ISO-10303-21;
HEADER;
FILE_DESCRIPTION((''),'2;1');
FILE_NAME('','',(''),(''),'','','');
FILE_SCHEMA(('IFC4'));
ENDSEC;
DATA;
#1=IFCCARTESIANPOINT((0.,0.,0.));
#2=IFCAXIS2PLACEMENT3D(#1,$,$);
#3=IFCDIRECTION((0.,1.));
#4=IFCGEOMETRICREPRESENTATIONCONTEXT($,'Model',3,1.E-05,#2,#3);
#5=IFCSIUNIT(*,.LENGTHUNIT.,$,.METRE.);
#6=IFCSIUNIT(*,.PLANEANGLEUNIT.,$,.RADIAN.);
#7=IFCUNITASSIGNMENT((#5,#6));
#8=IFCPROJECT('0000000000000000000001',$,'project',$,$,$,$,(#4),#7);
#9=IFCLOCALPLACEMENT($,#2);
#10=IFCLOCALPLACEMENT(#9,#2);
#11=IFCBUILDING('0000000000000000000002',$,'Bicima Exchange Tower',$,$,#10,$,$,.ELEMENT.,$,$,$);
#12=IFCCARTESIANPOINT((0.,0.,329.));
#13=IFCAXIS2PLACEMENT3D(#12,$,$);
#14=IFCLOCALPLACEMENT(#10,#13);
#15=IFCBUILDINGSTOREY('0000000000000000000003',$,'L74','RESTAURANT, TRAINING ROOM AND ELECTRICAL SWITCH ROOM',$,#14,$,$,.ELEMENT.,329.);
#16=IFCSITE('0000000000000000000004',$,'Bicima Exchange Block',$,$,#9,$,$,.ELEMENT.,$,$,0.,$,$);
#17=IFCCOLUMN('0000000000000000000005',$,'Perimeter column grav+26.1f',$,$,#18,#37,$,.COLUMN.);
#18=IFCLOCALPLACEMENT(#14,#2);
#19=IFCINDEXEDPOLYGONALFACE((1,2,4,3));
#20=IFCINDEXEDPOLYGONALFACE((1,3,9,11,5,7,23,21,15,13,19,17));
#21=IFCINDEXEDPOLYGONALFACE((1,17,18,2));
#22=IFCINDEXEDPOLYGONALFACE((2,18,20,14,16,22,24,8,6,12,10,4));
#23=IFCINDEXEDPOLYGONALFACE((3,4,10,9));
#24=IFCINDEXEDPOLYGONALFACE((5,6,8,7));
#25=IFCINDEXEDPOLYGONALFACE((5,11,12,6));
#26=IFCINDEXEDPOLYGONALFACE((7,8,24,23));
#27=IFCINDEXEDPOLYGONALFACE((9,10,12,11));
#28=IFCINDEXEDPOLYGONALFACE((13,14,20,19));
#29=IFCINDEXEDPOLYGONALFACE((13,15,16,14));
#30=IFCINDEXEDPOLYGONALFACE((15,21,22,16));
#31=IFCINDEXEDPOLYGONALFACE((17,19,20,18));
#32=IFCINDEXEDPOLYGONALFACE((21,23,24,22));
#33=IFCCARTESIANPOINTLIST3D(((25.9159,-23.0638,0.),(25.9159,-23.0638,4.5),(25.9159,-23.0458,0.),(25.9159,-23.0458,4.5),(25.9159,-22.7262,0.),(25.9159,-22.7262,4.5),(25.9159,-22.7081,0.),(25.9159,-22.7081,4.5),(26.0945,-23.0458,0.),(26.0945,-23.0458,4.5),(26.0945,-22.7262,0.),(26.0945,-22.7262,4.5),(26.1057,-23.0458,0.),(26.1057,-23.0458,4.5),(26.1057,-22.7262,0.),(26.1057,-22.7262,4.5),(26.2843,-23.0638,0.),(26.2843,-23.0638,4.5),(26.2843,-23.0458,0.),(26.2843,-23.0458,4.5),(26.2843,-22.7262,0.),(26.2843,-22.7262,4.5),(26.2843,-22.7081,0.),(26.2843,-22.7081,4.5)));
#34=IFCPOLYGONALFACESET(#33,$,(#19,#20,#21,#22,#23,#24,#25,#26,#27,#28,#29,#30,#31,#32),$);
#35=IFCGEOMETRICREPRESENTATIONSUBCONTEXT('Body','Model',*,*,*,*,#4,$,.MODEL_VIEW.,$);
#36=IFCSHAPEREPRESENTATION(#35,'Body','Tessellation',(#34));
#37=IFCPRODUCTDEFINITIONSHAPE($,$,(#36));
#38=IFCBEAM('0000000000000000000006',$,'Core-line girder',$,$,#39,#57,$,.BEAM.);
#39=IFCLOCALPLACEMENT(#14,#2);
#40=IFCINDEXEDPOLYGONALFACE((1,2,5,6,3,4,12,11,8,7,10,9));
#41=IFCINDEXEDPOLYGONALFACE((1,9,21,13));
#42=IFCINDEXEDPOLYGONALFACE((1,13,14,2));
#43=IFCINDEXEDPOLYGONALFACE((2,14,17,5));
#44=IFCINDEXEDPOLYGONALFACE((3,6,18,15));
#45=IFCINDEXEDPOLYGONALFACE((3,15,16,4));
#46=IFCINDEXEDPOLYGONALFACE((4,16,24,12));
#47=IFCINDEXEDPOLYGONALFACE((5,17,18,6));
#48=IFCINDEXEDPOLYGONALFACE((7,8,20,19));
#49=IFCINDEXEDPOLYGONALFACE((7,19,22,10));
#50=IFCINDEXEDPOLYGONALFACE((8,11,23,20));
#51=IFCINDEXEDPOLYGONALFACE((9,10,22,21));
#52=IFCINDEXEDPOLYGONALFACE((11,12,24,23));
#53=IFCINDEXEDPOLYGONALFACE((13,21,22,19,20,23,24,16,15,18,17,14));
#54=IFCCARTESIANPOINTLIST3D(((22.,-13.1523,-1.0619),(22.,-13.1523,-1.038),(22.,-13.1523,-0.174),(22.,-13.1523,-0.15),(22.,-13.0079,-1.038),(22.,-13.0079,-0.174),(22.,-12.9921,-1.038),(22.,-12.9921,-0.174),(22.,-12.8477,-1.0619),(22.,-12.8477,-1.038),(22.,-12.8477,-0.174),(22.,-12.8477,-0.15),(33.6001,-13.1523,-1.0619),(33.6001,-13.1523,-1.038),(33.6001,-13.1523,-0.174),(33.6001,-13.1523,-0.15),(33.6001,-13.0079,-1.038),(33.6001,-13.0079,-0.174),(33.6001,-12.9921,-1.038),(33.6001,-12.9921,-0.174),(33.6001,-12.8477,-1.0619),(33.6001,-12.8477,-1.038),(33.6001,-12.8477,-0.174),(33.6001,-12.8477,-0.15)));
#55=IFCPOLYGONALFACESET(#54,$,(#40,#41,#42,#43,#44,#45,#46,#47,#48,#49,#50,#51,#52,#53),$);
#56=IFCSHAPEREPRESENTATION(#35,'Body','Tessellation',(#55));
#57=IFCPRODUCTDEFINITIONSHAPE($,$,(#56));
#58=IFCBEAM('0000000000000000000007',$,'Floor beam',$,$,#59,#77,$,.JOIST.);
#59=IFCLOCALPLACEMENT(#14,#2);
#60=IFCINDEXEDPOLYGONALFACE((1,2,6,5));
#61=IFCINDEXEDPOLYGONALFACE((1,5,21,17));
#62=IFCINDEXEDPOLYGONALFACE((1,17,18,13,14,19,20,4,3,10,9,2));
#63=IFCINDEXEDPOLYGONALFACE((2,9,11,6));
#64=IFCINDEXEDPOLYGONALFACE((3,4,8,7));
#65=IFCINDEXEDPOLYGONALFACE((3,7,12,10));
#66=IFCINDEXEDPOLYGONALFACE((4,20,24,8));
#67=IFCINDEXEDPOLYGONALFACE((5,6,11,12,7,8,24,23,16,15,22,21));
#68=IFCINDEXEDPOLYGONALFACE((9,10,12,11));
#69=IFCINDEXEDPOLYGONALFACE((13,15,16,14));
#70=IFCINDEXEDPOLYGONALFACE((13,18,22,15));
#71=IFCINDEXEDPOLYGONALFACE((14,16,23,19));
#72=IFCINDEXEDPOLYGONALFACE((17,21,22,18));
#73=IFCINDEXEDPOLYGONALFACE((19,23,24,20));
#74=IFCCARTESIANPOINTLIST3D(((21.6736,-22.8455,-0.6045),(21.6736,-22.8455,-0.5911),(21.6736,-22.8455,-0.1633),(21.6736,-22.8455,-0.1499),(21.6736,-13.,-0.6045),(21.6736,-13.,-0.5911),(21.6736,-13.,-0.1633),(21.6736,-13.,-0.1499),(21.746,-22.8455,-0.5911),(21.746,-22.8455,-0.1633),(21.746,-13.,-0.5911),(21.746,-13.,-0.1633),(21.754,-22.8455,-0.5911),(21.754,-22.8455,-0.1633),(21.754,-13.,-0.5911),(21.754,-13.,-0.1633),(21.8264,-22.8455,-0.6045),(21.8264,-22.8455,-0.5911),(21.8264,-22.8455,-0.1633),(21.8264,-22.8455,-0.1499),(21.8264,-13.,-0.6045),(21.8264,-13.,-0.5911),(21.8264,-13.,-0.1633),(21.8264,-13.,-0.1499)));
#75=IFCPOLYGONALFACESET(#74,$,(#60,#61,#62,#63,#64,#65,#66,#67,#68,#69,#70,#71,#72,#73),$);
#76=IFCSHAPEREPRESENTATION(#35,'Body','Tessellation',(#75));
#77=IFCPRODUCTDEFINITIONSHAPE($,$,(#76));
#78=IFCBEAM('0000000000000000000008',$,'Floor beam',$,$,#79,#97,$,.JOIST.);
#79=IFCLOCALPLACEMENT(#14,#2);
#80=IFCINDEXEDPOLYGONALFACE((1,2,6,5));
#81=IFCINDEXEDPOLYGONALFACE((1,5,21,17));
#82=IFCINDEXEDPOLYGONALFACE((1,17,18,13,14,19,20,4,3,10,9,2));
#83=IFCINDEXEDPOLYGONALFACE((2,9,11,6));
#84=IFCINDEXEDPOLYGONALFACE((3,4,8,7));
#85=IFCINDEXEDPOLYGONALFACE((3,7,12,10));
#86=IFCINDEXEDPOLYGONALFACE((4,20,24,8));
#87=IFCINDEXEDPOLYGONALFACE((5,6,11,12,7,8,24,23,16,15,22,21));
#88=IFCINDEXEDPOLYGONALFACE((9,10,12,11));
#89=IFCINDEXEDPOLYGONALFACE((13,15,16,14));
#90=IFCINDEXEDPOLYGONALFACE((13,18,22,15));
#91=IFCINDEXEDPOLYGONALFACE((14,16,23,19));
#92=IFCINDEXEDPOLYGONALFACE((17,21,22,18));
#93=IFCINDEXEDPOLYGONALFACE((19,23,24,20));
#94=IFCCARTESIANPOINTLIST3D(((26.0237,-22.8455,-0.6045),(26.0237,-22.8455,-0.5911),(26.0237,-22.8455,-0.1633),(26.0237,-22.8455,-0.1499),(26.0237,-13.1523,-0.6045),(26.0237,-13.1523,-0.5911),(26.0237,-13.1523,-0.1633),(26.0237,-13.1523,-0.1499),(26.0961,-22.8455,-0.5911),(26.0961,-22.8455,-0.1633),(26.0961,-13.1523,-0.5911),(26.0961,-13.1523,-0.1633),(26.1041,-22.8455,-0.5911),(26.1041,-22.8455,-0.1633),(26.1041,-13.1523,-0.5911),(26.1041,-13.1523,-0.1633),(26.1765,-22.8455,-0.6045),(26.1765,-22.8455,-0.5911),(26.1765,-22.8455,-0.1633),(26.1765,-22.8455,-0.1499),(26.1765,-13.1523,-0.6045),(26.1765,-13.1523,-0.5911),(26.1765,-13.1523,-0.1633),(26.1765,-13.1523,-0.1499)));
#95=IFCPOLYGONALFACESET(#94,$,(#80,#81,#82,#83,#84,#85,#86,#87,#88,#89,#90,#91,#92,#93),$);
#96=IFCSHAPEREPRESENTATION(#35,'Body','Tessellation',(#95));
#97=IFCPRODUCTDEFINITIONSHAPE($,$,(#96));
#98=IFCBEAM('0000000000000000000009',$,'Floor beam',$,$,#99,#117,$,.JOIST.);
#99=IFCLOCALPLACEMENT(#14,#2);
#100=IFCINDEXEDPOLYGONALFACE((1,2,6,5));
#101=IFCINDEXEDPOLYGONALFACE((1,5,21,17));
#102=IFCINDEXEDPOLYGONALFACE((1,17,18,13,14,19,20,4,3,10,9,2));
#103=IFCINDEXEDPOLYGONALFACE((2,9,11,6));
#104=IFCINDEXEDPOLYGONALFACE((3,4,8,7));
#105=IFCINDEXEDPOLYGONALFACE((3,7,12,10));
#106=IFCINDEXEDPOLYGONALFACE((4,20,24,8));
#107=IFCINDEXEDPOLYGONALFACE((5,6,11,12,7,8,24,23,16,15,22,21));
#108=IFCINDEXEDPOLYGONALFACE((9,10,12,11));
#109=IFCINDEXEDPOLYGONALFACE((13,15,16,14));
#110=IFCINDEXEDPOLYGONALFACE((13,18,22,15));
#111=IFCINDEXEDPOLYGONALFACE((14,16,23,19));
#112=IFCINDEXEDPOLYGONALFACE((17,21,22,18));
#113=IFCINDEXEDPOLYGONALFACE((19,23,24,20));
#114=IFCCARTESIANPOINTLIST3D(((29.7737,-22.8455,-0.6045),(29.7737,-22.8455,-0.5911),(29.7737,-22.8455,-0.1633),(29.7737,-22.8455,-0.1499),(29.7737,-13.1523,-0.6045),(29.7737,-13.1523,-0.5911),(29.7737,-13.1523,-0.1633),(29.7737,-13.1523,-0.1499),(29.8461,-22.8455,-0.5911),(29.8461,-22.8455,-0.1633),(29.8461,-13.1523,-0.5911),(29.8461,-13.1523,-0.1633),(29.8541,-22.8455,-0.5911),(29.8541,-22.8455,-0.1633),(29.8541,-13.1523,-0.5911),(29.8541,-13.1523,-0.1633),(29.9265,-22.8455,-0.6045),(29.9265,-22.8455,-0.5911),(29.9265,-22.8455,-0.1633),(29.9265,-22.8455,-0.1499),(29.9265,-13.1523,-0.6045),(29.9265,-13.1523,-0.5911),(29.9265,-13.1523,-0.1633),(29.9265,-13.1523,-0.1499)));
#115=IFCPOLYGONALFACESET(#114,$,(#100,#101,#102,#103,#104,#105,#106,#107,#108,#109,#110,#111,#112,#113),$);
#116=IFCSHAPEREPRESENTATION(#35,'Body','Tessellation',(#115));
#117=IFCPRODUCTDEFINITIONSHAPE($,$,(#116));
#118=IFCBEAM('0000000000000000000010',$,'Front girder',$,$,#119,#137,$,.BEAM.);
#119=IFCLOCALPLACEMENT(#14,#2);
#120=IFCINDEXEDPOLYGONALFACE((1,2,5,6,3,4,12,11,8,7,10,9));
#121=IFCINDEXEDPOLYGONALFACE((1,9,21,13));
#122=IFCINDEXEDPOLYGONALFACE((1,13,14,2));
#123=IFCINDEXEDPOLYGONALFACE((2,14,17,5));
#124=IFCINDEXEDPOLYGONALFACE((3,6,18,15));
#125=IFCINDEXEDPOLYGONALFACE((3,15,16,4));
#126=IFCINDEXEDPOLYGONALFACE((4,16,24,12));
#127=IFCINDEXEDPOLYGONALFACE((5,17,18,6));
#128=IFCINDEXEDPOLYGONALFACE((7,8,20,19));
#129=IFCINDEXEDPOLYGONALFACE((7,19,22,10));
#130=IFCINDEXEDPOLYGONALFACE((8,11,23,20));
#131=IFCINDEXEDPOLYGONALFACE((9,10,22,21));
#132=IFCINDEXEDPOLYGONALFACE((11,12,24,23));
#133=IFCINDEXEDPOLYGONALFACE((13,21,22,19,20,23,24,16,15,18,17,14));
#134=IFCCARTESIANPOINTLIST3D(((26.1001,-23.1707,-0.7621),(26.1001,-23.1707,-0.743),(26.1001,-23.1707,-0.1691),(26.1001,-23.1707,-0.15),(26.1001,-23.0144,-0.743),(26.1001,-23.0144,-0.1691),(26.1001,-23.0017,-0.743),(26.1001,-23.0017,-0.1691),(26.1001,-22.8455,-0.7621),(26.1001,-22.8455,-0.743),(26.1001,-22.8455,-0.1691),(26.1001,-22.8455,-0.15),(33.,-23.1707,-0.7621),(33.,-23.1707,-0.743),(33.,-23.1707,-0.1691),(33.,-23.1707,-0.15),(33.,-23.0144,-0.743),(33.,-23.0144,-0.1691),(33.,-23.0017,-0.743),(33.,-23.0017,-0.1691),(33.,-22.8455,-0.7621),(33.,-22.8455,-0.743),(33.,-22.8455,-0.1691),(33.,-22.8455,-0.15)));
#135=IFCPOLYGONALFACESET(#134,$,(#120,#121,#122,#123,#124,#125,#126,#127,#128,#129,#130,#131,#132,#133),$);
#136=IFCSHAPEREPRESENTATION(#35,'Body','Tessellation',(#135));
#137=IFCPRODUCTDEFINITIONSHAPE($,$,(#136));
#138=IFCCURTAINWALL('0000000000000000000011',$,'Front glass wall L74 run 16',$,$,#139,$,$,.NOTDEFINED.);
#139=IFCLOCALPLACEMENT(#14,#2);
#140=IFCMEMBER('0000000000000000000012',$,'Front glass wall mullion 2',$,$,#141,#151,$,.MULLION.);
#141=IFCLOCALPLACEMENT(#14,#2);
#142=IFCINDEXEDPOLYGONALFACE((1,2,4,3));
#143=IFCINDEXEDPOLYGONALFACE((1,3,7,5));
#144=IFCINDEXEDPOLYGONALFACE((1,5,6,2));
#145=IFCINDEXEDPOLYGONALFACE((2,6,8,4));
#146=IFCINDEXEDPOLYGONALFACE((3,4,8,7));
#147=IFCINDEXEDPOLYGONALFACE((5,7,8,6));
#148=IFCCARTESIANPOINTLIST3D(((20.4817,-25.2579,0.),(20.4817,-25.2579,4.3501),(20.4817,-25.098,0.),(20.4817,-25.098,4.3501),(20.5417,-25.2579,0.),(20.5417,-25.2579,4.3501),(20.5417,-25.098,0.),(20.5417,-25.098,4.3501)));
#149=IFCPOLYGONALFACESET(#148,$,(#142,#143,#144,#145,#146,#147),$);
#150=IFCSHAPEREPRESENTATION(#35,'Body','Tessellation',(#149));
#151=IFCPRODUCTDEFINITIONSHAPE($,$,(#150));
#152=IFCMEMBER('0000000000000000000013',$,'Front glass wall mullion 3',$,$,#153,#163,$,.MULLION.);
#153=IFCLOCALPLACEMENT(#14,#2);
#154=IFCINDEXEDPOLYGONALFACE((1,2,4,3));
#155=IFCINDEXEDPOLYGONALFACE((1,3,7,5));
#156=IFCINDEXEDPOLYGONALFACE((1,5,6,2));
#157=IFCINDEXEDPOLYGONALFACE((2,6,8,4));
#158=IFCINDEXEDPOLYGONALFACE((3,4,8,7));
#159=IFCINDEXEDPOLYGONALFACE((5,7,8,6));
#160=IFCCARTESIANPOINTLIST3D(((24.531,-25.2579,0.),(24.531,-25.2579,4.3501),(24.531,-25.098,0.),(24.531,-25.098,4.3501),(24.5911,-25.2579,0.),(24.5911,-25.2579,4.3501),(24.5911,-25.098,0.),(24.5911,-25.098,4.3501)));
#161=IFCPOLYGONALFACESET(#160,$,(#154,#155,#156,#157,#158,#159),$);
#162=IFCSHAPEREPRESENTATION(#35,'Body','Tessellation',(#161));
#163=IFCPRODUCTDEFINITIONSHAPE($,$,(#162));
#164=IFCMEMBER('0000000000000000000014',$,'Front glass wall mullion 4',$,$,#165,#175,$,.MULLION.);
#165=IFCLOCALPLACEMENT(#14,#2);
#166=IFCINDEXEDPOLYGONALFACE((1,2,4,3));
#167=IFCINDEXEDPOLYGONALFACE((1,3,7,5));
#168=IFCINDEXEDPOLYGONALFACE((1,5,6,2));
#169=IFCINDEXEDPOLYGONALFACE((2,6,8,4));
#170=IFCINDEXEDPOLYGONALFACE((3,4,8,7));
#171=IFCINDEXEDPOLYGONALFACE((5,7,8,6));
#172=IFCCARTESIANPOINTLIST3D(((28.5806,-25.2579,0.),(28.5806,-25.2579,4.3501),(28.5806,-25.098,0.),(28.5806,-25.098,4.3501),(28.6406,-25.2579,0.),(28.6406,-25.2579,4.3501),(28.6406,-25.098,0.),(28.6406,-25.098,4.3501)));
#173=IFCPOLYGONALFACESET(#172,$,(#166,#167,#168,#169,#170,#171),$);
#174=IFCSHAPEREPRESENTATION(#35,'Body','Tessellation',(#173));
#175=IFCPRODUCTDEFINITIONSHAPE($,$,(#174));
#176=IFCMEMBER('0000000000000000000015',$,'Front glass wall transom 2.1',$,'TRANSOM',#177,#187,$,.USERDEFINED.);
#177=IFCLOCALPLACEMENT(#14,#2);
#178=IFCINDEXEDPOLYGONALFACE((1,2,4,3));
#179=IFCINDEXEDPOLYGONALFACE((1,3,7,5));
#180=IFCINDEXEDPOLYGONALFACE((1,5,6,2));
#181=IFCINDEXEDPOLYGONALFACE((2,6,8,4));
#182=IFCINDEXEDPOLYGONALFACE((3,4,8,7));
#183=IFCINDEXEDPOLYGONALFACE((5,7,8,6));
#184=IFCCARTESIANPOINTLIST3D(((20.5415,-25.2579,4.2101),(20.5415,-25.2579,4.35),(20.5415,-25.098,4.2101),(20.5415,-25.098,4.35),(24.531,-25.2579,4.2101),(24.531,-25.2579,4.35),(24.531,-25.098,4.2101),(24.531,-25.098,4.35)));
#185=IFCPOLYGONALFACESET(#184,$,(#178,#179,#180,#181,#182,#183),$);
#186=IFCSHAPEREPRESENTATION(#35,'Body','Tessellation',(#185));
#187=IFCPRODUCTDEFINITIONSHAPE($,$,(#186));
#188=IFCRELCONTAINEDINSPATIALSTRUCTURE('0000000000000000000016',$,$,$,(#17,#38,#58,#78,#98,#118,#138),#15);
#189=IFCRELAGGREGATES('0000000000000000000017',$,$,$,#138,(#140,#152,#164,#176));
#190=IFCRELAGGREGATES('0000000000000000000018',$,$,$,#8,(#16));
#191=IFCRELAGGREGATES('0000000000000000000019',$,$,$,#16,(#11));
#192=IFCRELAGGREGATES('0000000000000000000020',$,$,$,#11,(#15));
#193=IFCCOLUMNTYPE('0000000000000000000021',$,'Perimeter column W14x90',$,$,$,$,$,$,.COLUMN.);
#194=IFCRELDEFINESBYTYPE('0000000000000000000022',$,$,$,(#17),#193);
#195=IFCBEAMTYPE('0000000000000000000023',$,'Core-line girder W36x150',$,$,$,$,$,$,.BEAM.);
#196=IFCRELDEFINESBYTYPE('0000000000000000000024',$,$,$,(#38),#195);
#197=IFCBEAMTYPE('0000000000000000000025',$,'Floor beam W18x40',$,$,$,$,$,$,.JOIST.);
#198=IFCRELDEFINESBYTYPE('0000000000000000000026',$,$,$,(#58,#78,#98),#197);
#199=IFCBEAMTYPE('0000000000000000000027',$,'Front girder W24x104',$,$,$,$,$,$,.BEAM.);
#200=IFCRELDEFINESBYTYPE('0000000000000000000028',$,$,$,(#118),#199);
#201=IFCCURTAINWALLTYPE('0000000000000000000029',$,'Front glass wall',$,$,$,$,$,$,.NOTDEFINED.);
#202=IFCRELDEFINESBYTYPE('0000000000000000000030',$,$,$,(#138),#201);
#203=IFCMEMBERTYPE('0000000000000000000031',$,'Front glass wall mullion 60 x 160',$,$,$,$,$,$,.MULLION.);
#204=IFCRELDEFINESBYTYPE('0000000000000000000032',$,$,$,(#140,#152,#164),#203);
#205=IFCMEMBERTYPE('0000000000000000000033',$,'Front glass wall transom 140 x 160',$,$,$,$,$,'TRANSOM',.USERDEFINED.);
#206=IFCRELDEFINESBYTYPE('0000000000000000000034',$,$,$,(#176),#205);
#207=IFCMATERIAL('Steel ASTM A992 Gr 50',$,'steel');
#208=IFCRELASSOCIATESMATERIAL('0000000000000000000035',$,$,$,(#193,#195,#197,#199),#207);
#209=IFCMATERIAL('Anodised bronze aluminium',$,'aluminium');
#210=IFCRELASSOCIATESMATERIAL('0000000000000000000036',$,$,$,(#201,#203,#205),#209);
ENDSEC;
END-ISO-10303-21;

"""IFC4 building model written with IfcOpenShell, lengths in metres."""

from ifc_helpers import new_model, si_unit, direction, frame, origin, origin_2d, place, context, subcontext, project, spatial, rectangle, i_section, extrude, material, material_profile, profile_set, type_object, element, aggregate, save


model = new_model("IFC4")

# Units and contexts
model_context = context("Model", 3, precision=1e-05, world=origin(), true_north=direction((0.0, 1.0)))
body_context = subcontext(model_context, "Body", "Model", "MODEL_VIEW")
ifc_project = project(units=[si_unit("LENGTHUNIT", "METRE"), si_unit("PLANEANGLEUNIT", "RADIAN")], contexts=[model_context])

# Site, building, storey
site_placement = place(None, origin())
site = spatial("IfcSite", under=ifc_project, at=site_placement, Name="Bicima Exchange Block", CompositionType="ELEMENT", RefElevation=0.0)
building_placement = place(site_placement, origin())
building = spatial("IfcBuilding", under=site, at=building_placement, Name="Bicima Exchange Tower", CompositionType="ELEMENT")
storey_placement = place(building_placement, frame((0.0, 0.0, 329.0)))
storey = spatial("IfcBuildingStorey", under=building, at=storey_placement, Name="L74", Description="RESTAURANT, TRAINING ROOM AND ELECTRICAL SWITCH ROOM", CompositionType="ELEMENT", Elevation=329.0)

# Column
ifc_material_1 = material(Name="Steel ASTM A992 Gr 50", Category="steel")
ifc_material_profile_1 = material_profile(ifc_material_1, i_section(OverallWidth=0.3684, OverallDepth=0.3557, WebThickness=0.0112, FlangeThickness=0.0181, at=origin_2d()))
ifc_profile_set_1 = profile_set([ifc_material_profile_1], Name="Steel ASTM A992 Gr 50")
column_type = type_object("IfcColumnType", Name="Perimeter column W14x90", PredefinedType="COLUMN", material=ifc_profile_set_1)
column_placement = place(storey_placement, frame((26.1001, -22.886, 0.0), z_axis=(0.0, 0.0, 1.0), x_axis=(1.0, 0.0, 0.0)))
element("IfcColumn", 1, at=column_placement, inside=storey, type_object=column_type, Name="Perimeter column grav+26.1f", PredefinedType="COLUMN", context=body_context, shape_type="SweptSolid", body=[
    extrude(i_section(OverallWidth=0.3684, OverallDepth=0.3557, WebThickness=0.0112, FlangeThickness=0.0181, at=origin_2d()), origin(), (0.0, 0.0, 1.0), 4.5),
])

# Beams
ifc_material_profile_2 = material_profile(ifc_material_1, i_section(OverallWidth=0.3047, OverallDepth=0.9119, WebThickness=0.0159, FlangeThickness=0.0239, at=origin_2d()))
ifc_profile_set_2 = profile_set([ifc_material_profile_2], Name="Steel ASTM A992 Gr 50")
beam_type_1 = type_object("IfcBeamType", Name="Core-line girder W36x150", PredefinedType="BEAM", material=ifc_profile_set_2)
beam_1_placement = place(storey_placement, frame((22.0, -13.0, -0.606), z_axis=(1.0, 0.0, 0.0), x_axis=(0.0, 1.0, 0.0)))
element("IfcBeam", 2, at=beam_1_placement, inside=storey, type_object=beam_type_1, Name="Core-line girder", PredefinedType="BEAM", context=body_context, shape_type="SweptSolid", body=[
    extrude(i_section(OverallWidth=0.3047, OverallDepth=0.9119, WebThickness=0.0159, FlangeThickness=0.0239, at=origin_2d()), origin(), (0.0, 0.0, 1.0), 11.6001),
])
ifc_material_profile_3 = material_profile(ifc_material_1, i_section(OverallWidth=0.1528, OverallDepth=0.4546, WebThickness=0.0081, FlangeThickness=0.0134, at=origin_2d()))
ifc_profile_set_3 = profile_set([ifc_material_profile_3], Name="Steel ASTM A992 Gr 50")
beam_type_2 = type_object("IfcBeamType", Name="Floor beam W18x40", PredefinedType="JOIST", material=ifc_profile_set_3)
beam_2_placement = place(storey_placement, frame((21.75, -13.0, -0.3772), z_axis=(0.0, -1.0, 0.0), x_axis=(1.0, 0.0, 0.0)))
element("IfcBeam", 3, at=beam_2_placement, inside=storey, type_object=beam_type_2, Name="Floor beam", PredefinedType="JOIST", context=body_context, shape_type="SweptSolid", body=[
    extrude(i_section(OverallWidth=0.1528, OverallDepth=0.4546, WebThickness=0.0081, FlangeThickness=0.0134, at=origin_2d()), origin(), (0.0, 0.0, 1.0), 9.8455),
])
for number, where, z_axis, x_axis, name in (
    (4, (26.1001, -13.1523, -0.3772), (0.0, -1.0, 0.0), (1.0, 0.0, 0.0), "Floor beam"),
    (5, (29.8501, -13.1523, -0.3772), (0.0, -1.0, 0.0), (1.0, 0.0, 0.0), "Floor beam"),
):
    element("IfcBeam", number, at=place(storey_placement, frame(where, z_axis=z_axis, x_axis=x_axis)), inside=storey, type_object=beam_type_2, Name=name, PredefinedType="JOIST", context=body_context, shape_type="SweptSolid", body=[
        extrude(i_section(OverallWidth=0.1528, OverallDepth=0.4546, WebThickness=0.0081, FlangeThickness=0.0134, at=origin_2d()), origin(), (0.0, 0.0, 1.0), 9.6931),
    ])
ifc_material_profile_4 = material_profile(ifc_material_1, i_section(OverallWidth=0.3252, OverallDepth=0.6121, WebThickness=0.0127, FlangeThickness=0.019, at=origin_2d()))
ifc_profile_set_4 = profile_set([ifc_material_profile_4], Name="Steel ASTM A992 Gr 50")
beam_type_3 = type_object("IfcBeamType", Name="Front girder W24x104", PredefinedType="BEAM", material=ifc_profile_set_4)
beam_3_placement = place(storey_placement, frame((26.1001, -23.0081, -0.4561), z_axis=(1.0, 0.0, 0.0), x_axis=(0.0, 1.0, 0.0)))
element("IfcBeam", 6, at=beam_3_placement, inside=storey, type_object=beam_type_3, Name="Front girder", PredefinedType="BEAM", context=body_context, shape_type="SweptSolid", body=[
    extrude(i_section(OverallWidth=0.3252, OverallDepth=0.6121, WebThickness=0.0127, FlangeThickness=0.019, at=origin_2d()), origin(), (0.0, 0.0, 1.0), 6.8999),
])

# Curtain wall, members
ifc_material_2 = material(Name="Anodised bronze aluminium", Category="aluminium")
curtain_wall_type = type_object("IfcCurtainWallType", Name="Front glass wall", PredefinedType="NOTDEFINED", material=ifc_material_2)
curtain_wall_placement = place(storey_placement, origin())
curtain_wall = element("IfcCurtainWall", 7, at=curtain_wall_placement, inside=storey, type_object=curtain_wall_type, Name="Front glass wall L74 run 16", PredefinedType="NOTDEFINED")
ifc_material_profile_5 = material_profile(ifc_material_2, rectangle(XDim=0.1599, YDim=0.0601, at=origin_2d()))
ifc_profile_set_5 = profile_set([ifc_material_profile_5], Name="Anodised bronze aluminium")
member_type_1 = type_object("IfcMemberType", Name="Front glass wall mullion 60 x 160", PredefinedType="MULLION", material=ifc_profile_set_5)
member_1_placement = place(storey_placement, frame((20.5117, -25.178, 0.0), z_axis=(0.0, 0.0, 1.0), x_axis=(0.0, 1.0, 0.0)))
member_1 = element("IfcMember", 8, at=member_1_placement, type_object=member_type_1, Name="Front glass wall mullion 2", PredefinedType="MULLION", context=body_context, shape_type="SweptSolid", body=[
    extrude(rectangle(XDim=0.1599, YDim=0.0601, at=origin_2d()), origin(), (0.0, 0.0, 1.0), 4.3501),
])
member_2_placement = place(storey_placement, frame((24.561, -25.178, 0.0), z_axis=(0.0, 0.0, 1.0), x_axis=(0.0, 1.0, 0.0)))
member_2 = element("IfcMember", 9, at=member_2_placement, type_object=member_type_1, Name="Front glass wall mullion 3", PredefinedType="MULLION", context=body_context, shape_type="SweptSolid", body=[
    extrude(rectangle(XDim=0.1599, YDim=0.0601, at=origin_2d()), origin(), (0.0, 0.0, 1.0), 4.3501),
])
member_3_placement = place(storey_placement, frame((28.6106, -25.178, 0.0), z_axis=(0.0, 0.0, 1.0), x_axis=(0.0, 1.0, 0.0)))
member_3 = element("IfcMember", 10, at=member_3_placement, type_object=member_type_1, Name="Front glass wall mullion 4", PredefinedType="MULLION", context=body_context, shape_type="SweptSolid", body=[
    extrude(rectangle(XDim=0.1599, YDim=0.0601, at=origin_2d()), origin(), (0.0, 0.0, 1.0), 4.3501),
])
ifc_material_profile_6 = material_profile(ifc_material_2, rectangle(XDim=0.1599, YDim=0.1399, at=origin_2d()))
ifc_profile_set_6 = profile_set([ifc_material_profile_6], Name="Anodised bronze aluminium")
member_type_2 = type_object("IfcMemberType", Name="Front glass wall transom 140 x 160", ElementType="TRANSOM", PredefinedType="USERDEFINED", material=ifc_profile_set_6)
member_4_placement = place(storey_placement, frame((20.5415, -25.178, 4.28), z_axis=(1.0, 0.0, 0.0), x_axis=(0.0, 1.0, 0.0)))
member_4 = element("IfcMember", 11, at=member_4_placement, type_object=member_type_2, Name="Front glass wall transom 2.1", ObjectType="TRANSOM", PredefinedType="USERDEFINED", context=body_context, shape_type="SweptSolid", body=[
    extrude(rectangle(XDim=0.1599, YDim=0.1399, at=origin_2d()), origin(), (0.0, 0.0, 1.0), 3.9895),
])
aggregate(curtain_wall, [member_1, member_2, member_3, member_4])

save(model, "model.ifc")
